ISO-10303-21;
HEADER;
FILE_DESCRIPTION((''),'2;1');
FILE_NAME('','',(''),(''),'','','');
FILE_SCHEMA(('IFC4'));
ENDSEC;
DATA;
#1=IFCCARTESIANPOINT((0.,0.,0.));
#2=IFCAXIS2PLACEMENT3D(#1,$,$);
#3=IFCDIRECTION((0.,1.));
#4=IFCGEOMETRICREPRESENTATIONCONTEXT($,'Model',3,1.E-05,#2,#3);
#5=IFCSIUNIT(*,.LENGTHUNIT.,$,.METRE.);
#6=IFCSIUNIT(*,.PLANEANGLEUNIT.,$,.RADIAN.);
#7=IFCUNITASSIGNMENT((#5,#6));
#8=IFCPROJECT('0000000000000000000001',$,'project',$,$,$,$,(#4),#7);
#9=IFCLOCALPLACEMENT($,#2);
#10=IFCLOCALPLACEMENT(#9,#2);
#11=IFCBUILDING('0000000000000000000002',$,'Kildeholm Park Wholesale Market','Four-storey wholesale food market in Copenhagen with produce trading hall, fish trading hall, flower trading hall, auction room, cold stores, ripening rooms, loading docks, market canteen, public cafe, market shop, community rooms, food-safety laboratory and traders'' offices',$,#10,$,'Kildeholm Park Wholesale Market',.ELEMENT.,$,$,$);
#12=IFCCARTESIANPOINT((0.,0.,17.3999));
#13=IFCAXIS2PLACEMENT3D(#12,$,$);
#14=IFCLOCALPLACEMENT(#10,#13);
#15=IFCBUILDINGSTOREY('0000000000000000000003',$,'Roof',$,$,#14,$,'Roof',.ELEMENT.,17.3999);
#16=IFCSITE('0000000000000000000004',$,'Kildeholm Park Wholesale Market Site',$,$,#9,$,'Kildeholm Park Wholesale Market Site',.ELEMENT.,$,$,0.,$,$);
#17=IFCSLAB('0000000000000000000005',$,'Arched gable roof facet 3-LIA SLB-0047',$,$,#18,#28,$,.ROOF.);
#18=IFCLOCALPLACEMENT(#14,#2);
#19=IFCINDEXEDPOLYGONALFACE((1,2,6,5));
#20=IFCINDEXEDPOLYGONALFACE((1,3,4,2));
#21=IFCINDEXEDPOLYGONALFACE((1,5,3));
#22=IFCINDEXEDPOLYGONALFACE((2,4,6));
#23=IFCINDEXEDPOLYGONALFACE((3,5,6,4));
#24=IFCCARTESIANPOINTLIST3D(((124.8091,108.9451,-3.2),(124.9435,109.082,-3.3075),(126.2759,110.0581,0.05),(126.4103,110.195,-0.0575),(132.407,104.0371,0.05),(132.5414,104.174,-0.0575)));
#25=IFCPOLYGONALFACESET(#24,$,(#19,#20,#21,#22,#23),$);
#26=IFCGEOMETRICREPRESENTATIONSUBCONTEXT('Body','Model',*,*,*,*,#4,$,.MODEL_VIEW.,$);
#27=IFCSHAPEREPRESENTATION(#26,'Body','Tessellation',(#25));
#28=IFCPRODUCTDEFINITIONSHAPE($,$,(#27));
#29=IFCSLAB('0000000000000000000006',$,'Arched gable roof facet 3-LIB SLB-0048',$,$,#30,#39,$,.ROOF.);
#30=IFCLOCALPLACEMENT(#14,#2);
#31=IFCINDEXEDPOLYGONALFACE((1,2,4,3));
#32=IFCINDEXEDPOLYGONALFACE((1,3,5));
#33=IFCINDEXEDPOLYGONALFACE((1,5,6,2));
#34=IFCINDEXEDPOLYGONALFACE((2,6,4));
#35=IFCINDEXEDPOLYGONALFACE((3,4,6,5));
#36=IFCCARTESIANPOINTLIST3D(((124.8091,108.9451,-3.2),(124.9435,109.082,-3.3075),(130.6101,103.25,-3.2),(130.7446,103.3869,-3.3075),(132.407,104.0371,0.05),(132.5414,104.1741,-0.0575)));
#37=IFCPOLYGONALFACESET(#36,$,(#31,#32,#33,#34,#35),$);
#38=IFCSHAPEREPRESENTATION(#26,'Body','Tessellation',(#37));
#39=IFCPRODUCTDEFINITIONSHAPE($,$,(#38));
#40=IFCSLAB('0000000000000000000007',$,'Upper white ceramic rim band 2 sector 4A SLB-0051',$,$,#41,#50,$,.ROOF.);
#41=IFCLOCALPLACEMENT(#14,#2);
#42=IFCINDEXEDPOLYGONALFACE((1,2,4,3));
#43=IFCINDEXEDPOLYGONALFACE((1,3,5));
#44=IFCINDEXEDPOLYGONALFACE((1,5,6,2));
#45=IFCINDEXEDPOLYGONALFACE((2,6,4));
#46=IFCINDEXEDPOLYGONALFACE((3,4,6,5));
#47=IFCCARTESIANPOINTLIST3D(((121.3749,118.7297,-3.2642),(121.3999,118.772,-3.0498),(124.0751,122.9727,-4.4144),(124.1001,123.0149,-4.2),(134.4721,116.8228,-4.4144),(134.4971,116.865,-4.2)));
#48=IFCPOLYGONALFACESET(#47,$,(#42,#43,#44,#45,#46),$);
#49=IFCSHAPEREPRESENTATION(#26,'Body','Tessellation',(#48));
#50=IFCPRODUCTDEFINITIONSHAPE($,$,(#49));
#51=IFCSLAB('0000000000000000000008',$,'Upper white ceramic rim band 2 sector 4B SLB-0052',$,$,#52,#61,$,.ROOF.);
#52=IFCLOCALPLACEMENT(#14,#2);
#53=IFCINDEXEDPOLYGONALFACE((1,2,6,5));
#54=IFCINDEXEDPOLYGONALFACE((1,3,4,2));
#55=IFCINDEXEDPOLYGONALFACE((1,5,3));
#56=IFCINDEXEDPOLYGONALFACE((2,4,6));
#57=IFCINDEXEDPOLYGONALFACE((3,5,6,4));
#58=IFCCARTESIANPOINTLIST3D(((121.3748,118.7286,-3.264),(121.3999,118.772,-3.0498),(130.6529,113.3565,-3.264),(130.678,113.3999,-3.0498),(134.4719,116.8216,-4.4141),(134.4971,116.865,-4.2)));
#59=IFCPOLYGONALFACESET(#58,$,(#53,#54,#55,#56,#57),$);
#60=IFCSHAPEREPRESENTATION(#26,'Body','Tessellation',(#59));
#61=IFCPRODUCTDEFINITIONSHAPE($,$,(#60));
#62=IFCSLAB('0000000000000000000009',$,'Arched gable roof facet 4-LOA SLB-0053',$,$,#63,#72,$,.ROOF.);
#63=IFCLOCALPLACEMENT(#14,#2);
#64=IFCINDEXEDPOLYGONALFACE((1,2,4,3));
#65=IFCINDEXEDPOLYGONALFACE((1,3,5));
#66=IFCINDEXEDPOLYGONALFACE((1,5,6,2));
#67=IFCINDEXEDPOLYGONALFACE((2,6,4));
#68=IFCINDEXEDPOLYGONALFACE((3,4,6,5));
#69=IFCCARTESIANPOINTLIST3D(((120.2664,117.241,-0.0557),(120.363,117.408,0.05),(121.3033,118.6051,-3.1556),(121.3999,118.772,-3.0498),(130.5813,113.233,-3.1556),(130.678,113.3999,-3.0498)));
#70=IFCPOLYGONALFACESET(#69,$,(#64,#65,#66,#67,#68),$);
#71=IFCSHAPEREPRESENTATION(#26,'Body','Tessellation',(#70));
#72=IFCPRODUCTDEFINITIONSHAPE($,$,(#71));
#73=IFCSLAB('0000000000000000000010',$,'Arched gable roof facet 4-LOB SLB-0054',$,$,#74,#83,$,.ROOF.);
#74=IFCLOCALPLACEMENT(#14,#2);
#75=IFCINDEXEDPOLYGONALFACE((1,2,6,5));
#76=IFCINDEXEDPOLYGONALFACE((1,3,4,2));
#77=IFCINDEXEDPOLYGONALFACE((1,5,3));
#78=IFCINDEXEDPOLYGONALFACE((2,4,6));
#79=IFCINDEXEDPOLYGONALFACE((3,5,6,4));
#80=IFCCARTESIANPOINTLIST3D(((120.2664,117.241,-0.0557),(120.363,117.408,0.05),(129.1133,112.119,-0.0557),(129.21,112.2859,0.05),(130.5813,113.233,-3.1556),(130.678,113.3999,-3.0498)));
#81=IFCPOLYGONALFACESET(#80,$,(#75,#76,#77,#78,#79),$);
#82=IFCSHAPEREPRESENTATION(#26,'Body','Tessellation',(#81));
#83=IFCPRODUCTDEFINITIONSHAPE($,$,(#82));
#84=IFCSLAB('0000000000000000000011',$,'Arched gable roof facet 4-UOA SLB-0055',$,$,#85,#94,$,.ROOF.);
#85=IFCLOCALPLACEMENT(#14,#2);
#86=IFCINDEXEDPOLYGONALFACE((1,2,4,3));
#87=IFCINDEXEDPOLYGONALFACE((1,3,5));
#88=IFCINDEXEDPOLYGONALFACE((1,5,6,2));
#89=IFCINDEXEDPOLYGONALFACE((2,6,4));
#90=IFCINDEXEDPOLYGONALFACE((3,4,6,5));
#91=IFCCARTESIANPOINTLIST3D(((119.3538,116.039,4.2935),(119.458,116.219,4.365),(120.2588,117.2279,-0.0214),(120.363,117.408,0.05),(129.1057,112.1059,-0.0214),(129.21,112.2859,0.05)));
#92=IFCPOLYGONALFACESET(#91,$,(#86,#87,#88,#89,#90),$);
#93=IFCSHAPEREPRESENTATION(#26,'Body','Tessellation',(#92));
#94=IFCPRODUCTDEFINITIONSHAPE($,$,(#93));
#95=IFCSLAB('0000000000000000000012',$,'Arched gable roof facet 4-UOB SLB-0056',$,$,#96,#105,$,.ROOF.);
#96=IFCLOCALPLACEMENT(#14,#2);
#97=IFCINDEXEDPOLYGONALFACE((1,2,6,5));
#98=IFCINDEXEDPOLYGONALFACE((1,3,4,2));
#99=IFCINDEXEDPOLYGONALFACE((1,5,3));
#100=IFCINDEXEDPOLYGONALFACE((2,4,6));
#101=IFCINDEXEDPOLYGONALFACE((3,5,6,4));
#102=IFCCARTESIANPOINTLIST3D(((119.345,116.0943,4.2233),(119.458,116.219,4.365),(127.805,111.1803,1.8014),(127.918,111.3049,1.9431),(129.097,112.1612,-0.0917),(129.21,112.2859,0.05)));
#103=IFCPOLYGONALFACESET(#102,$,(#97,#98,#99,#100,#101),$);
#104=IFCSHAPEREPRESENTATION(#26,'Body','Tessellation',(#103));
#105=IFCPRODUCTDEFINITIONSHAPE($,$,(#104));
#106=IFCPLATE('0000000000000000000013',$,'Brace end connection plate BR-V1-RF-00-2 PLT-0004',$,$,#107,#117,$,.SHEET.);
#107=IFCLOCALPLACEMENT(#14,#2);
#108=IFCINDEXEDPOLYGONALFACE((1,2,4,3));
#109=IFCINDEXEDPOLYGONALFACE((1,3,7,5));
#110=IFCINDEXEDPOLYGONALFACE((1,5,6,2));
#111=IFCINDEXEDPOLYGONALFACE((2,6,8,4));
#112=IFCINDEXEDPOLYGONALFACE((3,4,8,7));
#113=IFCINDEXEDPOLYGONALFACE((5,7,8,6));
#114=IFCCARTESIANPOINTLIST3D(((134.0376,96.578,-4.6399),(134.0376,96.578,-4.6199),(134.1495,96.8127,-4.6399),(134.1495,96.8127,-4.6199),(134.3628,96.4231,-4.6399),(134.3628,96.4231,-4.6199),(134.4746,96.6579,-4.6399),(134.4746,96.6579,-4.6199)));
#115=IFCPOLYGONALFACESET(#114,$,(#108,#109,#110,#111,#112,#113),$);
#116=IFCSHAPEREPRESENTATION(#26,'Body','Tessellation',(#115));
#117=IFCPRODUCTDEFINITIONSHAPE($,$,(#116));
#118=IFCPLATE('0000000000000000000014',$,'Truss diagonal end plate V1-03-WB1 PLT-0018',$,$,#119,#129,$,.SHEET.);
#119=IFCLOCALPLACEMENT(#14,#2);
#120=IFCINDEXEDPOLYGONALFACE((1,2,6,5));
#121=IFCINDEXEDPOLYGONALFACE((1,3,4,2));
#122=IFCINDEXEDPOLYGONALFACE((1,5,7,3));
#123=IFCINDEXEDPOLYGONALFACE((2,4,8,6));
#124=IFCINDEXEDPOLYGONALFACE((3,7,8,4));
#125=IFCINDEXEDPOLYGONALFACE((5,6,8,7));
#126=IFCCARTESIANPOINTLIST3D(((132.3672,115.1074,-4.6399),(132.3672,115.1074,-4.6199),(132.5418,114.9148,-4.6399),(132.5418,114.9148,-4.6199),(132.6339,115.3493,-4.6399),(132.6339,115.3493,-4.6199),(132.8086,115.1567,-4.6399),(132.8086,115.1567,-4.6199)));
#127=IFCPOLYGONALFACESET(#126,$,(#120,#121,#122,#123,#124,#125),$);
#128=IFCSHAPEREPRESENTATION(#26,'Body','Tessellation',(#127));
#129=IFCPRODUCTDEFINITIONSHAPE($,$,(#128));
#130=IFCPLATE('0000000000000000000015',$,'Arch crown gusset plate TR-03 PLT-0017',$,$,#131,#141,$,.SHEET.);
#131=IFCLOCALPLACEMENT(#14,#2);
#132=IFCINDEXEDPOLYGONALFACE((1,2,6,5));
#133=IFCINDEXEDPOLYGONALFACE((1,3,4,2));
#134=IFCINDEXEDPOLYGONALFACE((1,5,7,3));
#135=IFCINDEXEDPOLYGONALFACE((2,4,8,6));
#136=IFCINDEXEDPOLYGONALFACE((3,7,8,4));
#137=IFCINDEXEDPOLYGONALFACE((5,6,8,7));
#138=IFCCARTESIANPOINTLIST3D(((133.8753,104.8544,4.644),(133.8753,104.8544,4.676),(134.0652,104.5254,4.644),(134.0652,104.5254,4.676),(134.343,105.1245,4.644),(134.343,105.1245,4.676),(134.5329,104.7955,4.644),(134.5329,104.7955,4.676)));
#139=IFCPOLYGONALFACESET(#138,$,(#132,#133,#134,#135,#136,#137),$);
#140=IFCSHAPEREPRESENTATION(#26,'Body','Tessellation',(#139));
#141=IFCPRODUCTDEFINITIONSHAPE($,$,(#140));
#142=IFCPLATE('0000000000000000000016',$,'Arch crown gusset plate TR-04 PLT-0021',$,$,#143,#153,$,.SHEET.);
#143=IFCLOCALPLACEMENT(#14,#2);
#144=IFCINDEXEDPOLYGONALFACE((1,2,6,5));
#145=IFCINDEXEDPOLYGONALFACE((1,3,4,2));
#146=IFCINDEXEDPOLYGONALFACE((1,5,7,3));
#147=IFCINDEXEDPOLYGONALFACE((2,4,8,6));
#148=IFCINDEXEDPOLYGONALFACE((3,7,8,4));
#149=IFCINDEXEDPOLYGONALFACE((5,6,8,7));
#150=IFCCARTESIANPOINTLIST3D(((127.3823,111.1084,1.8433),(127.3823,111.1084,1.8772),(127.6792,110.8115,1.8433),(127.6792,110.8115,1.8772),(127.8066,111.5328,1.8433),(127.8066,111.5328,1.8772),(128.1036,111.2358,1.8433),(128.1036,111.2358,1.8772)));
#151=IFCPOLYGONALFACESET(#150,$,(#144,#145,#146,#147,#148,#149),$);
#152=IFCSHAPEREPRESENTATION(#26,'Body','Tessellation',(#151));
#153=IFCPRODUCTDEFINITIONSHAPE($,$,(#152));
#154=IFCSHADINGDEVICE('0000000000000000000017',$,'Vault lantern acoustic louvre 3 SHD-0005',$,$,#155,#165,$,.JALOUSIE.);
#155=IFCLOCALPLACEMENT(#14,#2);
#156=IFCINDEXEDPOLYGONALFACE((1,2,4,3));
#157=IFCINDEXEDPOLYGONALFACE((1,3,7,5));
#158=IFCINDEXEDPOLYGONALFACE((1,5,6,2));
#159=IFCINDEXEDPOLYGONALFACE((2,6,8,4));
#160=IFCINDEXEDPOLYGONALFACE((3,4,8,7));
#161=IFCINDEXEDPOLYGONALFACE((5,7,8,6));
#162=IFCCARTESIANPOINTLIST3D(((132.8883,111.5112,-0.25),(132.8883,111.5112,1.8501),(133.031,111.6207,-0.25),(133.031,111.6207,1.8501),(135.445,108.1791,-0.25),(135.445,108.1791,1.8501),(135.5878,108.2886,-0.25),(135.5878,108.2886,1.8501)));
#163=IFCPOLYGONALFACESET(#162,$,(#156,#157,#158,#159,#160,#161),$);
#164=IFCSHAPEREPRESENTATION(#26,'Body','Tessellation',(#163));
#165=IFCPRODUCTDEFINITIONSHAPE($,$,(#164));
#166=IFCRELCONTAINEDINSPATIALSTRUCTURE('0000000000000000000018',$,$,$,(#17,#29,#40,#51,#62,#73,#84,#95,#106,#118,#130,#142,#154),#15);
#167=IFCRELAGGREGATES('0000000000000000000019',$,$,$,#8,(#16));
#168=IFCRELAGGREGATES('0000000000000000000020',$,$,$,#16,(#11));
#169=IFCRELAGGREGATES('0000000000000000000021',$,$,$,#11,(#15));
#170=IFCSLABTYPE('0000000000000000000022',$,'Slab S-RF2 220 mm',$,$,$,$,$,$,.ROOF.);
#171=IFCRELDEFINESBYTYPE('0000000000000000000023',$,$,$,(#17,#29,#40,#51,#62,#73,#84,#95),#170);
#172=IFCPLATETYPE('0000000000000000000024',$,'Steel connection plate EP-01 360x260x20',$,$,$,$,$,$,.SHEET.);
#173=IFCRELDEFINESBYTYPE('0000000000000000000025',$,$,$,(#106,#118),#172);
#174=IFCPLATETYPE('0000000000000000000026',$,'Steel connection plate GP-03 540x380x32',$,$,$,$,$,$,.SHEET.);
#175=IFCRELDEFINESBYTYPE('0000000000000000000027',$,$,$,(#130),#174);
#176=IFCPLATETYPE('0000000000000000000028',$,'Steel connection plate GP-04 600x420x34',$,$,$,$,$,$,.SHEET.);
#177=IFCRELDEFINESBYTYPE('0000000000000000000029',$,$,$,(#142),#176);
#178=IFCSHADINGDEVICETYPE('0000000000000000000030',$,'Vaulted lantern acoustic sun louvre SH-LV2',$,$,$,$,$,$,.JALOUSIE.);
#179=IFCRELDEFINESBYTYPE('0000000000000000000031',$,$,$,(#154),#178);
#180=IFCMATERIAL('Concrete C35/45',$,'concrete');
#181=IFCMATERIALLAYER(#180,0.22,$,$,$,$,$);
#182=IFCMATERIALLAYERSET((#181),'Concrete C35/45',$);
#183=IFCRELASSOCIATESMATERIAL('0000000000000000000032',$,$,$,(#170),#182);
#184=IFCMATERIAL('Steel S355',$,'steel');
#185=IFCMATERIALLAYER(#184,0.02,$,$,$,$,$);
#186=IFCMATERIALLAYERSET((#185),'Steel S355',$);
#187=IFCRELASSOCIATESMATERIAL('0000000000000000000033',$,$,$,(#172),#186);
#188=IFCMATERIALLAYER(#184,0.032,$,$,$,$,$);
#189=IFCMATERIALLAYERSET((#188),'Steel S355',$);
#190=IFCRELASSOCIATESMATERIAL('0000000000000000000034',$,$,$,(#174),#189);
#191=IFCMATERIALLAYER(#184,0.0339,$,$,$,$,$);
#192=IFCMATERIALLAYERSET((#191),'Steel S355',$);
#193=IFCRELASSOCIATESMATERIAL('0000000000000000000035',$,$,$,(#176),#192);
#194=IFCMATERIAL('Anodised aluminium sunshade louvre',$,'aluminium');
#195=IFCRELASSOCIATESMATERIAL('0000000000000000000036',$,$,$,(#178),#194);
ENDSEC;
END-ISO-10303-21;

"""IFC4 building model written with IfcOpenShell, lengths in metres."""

from ifc_helpers import new_model, si_unit, direction, frame, origin, origin_2d, place, context, subcontext, project, spatial, polyline, rectangle, outline, extrude, material, layer, layer_set, type_object, element, save


model = new_model("IFC4")

# Units and contexts
model_context = context("Model", 3, precision=1e-05, world=origin(), true_north=direction((0.0, 1.0)))
body_context = subcontext(model_context, "Body", "Model", "MODEL_VIEW")
ifc_project = project(units=[si_unit("LENGTHUNIT", "METRE"), si_unit("PLANEANGLEUNIT", "RADIAN")], contexts=[model_context])

# Site, building, storey
site_placement = place(None, origin())
site = spatial("IfcSite", under=ifc_project, at=site_placement, Name="Kildeholm Park Wholesale Market Site", LongName="Kildeholm Park Wholesale Market Site", CompositionType="ELEMENT", RefElevation=0.0)
building_placement = place(site_placement, origin())
building = spatial("IfcBuilding", under=site, at=building_placement, Name="Kildeholm Park Wholesale Market", Description="Four-storey wholesale food market in Copenhagen with produce trading hall, fish trading hall, flower trading hall, auction room, cold stores, ripening rooms, loading docks, market canteen, public cafe, market shop, community rooms, food-safety laboratory and traders' offices", LongName="Kildeholm Park Wholesale Market", CompositionType="ELEMENT")
storey_placement = place(building_placement, frame((0.0, 0.0, 17.3999)))
storey = spatial("IfcBuildingStorey", under=building, at=storey_placement, Name="Roof", LongName="Roof", CompositionType="ELEMENT", Elevation=17.3999)

# Shared definitions
ifc_material_1 = material(Name="Steel S355", Category="steel")

# Slabs
ifc_material_2 = material(Name="Concrete C35/45", Category="concrete")
ifc_layer_1 = layer(ifc_material_2, 0.22)
ifc_layer_set_1 = layer_set([ifc_layer_1], Name="Concrete C35/45")
slab_type = type_object("IfcSlabType", Name="Slab S-RF2 220 mm", PredefinedType="ROOF", material=ifc_layer_set_1)
slab_1_placement = place(storey_placement, frame((132.407, 104.0371, 0.05), z_axis=(-0.611189, -0.622366, 0.488987), x_axis=(-0.713484, 0.700671, 0.0)))
element("IfcSlab", 1, at=slab_1_placement, inside=storey, type_object=slab_type, Name="Arched gable roof facet 3-LIA SLB-0047", PredefinedType="ROOF", context=body_context, shape_type="SweptSolid", body=[
    extrude(outline(polyline([(0.0, 0.0), (8.5932, 0.0), (8.8598, 3.7258), (0.0, 0.0)])), origin(), (0.0, 0.0, -1.0), 0.22),
])
slab_2_placement = place(storey_placement, frame((132.407, 104.0371, 0.05), z_axis=(-0.611203, -0.622574, 0.488704), x_axis=(-0.790511, 0.51064, -0.338141)))
element("IfcSlab", 2, at=slab_2_placement, inside=storey, type_object=slab_type, Name="Arched gable roof facet 3-LIB SLB-0048", PredefinedType="ROOF", context=body_context, shape_type="SweptSolid", body=[
    extrude(outline(polyline([(0.0, 0.0), (9.6114, 0.0), (2.1175, 3.1507), (0.0, 0.0)])), origin(), (0.0, 0.0, -1.0), 0.22),
])
slab_3_placement = place(storey_placement, frame((134.4971, 116.865, -4.2), z_axis=(0.113557, 0.191978, 0.974807), x_axis=(-0.8607, 0.509112, 0.0)))
element("IfcSlab", 3, at=slab_3_placement, inside=storey, type_object=slab_type, Name="Upper white ceramic rim band 2 sector 4A SLB-0051", PredefinedType="ROOF", context=body_context, shape_type="SweptSolid", body=[
    extrude(outline(polyline([(0.0, 0.0), (12.0797, 0.0), (12.2436, 5.1565), (0.0, 0.0)])), origin(), (0.0, 0.0, -1.0), 0.22),
])
slab_4_placement = place(storey_placement, frame((134.4971, 116.865, -4.2), z_axis=(0.114229, 0.197285, 0.973669), x_axis=(-0.98585, 0.143542, 0.086574)))
element("IfcSlab", 4, at=slab_4_placement, inside=storey, type_object=slab_type, Name="Upper white ceramic rim band 2 sector 4B SLB-0052", PredefinedType="ROOF", context=body_context, shape_type="SweptSolid", body=[
    extrude(outline(polyline([(0.0, 0.0), (13.2852, 0.0), (3.3672, 4.0715), (0.0, 0.0)])), origin(), (0.0, 0.0, -1.0), 0.22),
])
slab_5_placement = place(storey_placement, frame((130.678, 113.3999, -3.0498), z_axis=(0.439346, 0.758792, 0.480844), x_axis=(-0.865404, 0.501075, 0.0)))
element("IfcSlab", 5, at=slab_5_placement, inside=storey, type_object=slab_type, Name="Arched gable roof facet 4-LOA SLB-0053", PredefinedType="ROOF", context=body_context, shape_type="SweptSolid", body=[
    extrude(outline(polyline([(0.0, 0.0), (10.7211, 0.0), (10.9349, 3.5354), (0.0, 0.0)])), origin(), (0.0, 0.0, -1.0), 0.22),
])
slab_6_placement = place(storey_placement, frame((130.678, 113.3999, -3.0498), z_axis=(0.439342, 0.758839, 0.480771), x_axis=(-0.897557, 0.348762, 0.269734)))
element("IfcSlab", 6, at=slab_6_placement, inside=storey, type_object=slab_type, Name="Arched gable roof facet 4-LOB SLB-0054", PredefinedType="ROOF", context=body_context, shape_type="SweptSolid", body=[
    extrude(outline(polyline([(0.0, 0.0), (11.4922, 0.0), (1.7652, 3.1447), (0.0, 0.0)])), origin(), (0.0, 0.0, -1.0), 0.22),
])
slab_7_placement = place(storey_placement, frame((129.21, 112.2859, 0.05), z_axis=(0.473863, 0.818465, 0.324914), x_axis=(-0.865419, 0.501049, 0.0)))
element("IfcSlab", 7, at=slab_7_placement, inside=storey, type_object=slab_type, Name="Arched gable roof facet 4-UOA SLB-0055", PredefinedType="ROOF", context=body_context, shape_type="SweptSolid", body=[
    extrude(outline(polyline([(0.0, 0.0), (10.2227, 0.0), (10.4102, 4.5625), (0.0, 0.0)])), origin(), (0.0, 0.0, -1.0), 0.22),
])
slab_8_placement = place(storey_placement, frame((129.21, 112.2859, 0.05), z_axis=(0.513617, 0.566737, 0.644211), x_axis=(-0.857985, 0.346038, 0.379632)))
element("IfcSlab", 8, at=slab_8_placement, inside=storey, type_object=slab_type, Name="Arched gable roof facet 4-UOB SLB-0056", PredefinedType="ROOF", context=body_context, shape_type="SweptSolid", body=[
    extrude(outline(polyline([(0.0, 0.0), (11.3661, 0.0), (1.4877, 2.0005), (0.0, 0.0)])), origin(), (0.0, 0.0, -1.0), 0.22),
])

# Plates
ifc_layer_2 = layer(ifc_material_1, 0.02)
ifc_layer_set_2 = layer_set([ifc_layer_2], Name="Steel S355")
plate_type_1 = type_object("IfcPlateType", Name="Steel connection plate EP-01 360x260x20", PredefinedType="SHEET", material=ifc_layer_set_2)
for number, where, z_axis, x_axis, name in (
    (9, (134.2561, 96.6179, -4.6399), (0.0, 0.0, 1.0), (-0.902811, 0.430038, 0.0), "Brace end connection plate BR-V1-RF-00-2 PLT-0004"),
    (10, (132.5879, 115.1321, -4.6399), (0.0, 0.0, 1.0), (-0.740805, -0.671721, 0.0), "Truss diagonal end plate V1-03-WB1 PLT-0018"),
):
    element("IfcPlate", number, at=place(storey_placement, frame(where, z_axis=z_axis, x_axis=x_axis)), inside=storey, type_object=plate_type_1, Name=name, PredefinedType="SHEET", context=body_context, shape_type="SweptSolid", body=[
        extrude(rectangle(XDim=0.3601, YDim=0.26, at=origin_2d()), origin(), (0.0, 0.0, 1.0), 0.02),
    ])
ifc_layer_3 = layer(ifc_material_1, 0.032)
ifc_layer_set_3 = layer_set([ifc_layer_3], Name="Steel S355")
plate_type_2 = type_object("IfcPlateType", Name="Steel connection plate GP-03 540x380x32", PredefinedType="SHEET", material=ifc_layer_set_3)
plate_1_placement = place(storey_placement, frame((134.2041, 104.825, 4.644), z_axis=(0.0, 0.0, 1.0), x_axis=(0.866025, 0.5, 0.0)))
element("IfcPlate", 11, at=plate_1_placement, inside=storey, type_object=plate_type_2, Name="Arch crown gusset plate TR-03 PLT-0017", PredefinedType="SHEET", context=body_context, shape_type="SweptSolid", body=[
    extrude(rectangle(XDim=0.54, YDim=0.3799, at=origin_2d()), origin(), (0.0, 0.0, 1.0), 0.032),
])
ifc_layer_4 = layer(ifc_material_1, 0.0339)
ifc_layer_set_4 = layer_set([ifc_layer_4], Name="Steel S355")
plate_type_3 = type_object("IfcPlateType", Name="Steel connection plate GP-04 600x420x34", PredefinedType="SHEET", material=ifc_layer_set_4)
plate_2_placement = place(storey_placement, frame((127.7429, 111.1721, 1.8433), z_axis=(0.0, 0.0, 1.0), x_axis=(0.707107, 0.707107, 0.0)))
element("IfcPlate", 12, at=plate_2_placement, inside=storey, type_object=plate_type_3, Name="Arch crown gusset plate TR-04 PLT-0021", PredefinedType="SHEET", context=body_context, shape_type="SweptSolid", body=[
    extrude(rectangle(XDim=0.6001, YDim=0.4199, at=origin_2d()), origin(), (0.0, 0.0, 1.0), 0.0339),
])

# Shading device
ifc_material_3 = material(Name="Anodised aluminium sunshade louvre", Category="aluminium")
shading_device_type = type_object("IfcShadingDeviceType", Name="Vaulted lantern acoustic sun louvre SH-LV2", PredefinedType="JALOUSIE", material=ifc_material_3)
shading_device_placement = place(storey_placement, frame((134.238, 109.8999, -0.25), z_axis=(0.0, 0.0, 1.0), x_axis=(-0.608761, 0.793353, 0.0)))
element("IfcShadingDevice", 13, at=shading_device_placement, inside=storey, type_object=shading_device_type, Name="Vault lantern acoustic louvre 3 SHD-0005", PredefinedType="JALOUSIE", context=body_context, shape_type="SweptSolid", body=[
    extrude(rectangle(XDim=4.2, YDim=0.1799, at=origin_2d()), origin(), (0.0, 0.0, 1.0), 2.1001),
])

save(model, "model.ifc")
